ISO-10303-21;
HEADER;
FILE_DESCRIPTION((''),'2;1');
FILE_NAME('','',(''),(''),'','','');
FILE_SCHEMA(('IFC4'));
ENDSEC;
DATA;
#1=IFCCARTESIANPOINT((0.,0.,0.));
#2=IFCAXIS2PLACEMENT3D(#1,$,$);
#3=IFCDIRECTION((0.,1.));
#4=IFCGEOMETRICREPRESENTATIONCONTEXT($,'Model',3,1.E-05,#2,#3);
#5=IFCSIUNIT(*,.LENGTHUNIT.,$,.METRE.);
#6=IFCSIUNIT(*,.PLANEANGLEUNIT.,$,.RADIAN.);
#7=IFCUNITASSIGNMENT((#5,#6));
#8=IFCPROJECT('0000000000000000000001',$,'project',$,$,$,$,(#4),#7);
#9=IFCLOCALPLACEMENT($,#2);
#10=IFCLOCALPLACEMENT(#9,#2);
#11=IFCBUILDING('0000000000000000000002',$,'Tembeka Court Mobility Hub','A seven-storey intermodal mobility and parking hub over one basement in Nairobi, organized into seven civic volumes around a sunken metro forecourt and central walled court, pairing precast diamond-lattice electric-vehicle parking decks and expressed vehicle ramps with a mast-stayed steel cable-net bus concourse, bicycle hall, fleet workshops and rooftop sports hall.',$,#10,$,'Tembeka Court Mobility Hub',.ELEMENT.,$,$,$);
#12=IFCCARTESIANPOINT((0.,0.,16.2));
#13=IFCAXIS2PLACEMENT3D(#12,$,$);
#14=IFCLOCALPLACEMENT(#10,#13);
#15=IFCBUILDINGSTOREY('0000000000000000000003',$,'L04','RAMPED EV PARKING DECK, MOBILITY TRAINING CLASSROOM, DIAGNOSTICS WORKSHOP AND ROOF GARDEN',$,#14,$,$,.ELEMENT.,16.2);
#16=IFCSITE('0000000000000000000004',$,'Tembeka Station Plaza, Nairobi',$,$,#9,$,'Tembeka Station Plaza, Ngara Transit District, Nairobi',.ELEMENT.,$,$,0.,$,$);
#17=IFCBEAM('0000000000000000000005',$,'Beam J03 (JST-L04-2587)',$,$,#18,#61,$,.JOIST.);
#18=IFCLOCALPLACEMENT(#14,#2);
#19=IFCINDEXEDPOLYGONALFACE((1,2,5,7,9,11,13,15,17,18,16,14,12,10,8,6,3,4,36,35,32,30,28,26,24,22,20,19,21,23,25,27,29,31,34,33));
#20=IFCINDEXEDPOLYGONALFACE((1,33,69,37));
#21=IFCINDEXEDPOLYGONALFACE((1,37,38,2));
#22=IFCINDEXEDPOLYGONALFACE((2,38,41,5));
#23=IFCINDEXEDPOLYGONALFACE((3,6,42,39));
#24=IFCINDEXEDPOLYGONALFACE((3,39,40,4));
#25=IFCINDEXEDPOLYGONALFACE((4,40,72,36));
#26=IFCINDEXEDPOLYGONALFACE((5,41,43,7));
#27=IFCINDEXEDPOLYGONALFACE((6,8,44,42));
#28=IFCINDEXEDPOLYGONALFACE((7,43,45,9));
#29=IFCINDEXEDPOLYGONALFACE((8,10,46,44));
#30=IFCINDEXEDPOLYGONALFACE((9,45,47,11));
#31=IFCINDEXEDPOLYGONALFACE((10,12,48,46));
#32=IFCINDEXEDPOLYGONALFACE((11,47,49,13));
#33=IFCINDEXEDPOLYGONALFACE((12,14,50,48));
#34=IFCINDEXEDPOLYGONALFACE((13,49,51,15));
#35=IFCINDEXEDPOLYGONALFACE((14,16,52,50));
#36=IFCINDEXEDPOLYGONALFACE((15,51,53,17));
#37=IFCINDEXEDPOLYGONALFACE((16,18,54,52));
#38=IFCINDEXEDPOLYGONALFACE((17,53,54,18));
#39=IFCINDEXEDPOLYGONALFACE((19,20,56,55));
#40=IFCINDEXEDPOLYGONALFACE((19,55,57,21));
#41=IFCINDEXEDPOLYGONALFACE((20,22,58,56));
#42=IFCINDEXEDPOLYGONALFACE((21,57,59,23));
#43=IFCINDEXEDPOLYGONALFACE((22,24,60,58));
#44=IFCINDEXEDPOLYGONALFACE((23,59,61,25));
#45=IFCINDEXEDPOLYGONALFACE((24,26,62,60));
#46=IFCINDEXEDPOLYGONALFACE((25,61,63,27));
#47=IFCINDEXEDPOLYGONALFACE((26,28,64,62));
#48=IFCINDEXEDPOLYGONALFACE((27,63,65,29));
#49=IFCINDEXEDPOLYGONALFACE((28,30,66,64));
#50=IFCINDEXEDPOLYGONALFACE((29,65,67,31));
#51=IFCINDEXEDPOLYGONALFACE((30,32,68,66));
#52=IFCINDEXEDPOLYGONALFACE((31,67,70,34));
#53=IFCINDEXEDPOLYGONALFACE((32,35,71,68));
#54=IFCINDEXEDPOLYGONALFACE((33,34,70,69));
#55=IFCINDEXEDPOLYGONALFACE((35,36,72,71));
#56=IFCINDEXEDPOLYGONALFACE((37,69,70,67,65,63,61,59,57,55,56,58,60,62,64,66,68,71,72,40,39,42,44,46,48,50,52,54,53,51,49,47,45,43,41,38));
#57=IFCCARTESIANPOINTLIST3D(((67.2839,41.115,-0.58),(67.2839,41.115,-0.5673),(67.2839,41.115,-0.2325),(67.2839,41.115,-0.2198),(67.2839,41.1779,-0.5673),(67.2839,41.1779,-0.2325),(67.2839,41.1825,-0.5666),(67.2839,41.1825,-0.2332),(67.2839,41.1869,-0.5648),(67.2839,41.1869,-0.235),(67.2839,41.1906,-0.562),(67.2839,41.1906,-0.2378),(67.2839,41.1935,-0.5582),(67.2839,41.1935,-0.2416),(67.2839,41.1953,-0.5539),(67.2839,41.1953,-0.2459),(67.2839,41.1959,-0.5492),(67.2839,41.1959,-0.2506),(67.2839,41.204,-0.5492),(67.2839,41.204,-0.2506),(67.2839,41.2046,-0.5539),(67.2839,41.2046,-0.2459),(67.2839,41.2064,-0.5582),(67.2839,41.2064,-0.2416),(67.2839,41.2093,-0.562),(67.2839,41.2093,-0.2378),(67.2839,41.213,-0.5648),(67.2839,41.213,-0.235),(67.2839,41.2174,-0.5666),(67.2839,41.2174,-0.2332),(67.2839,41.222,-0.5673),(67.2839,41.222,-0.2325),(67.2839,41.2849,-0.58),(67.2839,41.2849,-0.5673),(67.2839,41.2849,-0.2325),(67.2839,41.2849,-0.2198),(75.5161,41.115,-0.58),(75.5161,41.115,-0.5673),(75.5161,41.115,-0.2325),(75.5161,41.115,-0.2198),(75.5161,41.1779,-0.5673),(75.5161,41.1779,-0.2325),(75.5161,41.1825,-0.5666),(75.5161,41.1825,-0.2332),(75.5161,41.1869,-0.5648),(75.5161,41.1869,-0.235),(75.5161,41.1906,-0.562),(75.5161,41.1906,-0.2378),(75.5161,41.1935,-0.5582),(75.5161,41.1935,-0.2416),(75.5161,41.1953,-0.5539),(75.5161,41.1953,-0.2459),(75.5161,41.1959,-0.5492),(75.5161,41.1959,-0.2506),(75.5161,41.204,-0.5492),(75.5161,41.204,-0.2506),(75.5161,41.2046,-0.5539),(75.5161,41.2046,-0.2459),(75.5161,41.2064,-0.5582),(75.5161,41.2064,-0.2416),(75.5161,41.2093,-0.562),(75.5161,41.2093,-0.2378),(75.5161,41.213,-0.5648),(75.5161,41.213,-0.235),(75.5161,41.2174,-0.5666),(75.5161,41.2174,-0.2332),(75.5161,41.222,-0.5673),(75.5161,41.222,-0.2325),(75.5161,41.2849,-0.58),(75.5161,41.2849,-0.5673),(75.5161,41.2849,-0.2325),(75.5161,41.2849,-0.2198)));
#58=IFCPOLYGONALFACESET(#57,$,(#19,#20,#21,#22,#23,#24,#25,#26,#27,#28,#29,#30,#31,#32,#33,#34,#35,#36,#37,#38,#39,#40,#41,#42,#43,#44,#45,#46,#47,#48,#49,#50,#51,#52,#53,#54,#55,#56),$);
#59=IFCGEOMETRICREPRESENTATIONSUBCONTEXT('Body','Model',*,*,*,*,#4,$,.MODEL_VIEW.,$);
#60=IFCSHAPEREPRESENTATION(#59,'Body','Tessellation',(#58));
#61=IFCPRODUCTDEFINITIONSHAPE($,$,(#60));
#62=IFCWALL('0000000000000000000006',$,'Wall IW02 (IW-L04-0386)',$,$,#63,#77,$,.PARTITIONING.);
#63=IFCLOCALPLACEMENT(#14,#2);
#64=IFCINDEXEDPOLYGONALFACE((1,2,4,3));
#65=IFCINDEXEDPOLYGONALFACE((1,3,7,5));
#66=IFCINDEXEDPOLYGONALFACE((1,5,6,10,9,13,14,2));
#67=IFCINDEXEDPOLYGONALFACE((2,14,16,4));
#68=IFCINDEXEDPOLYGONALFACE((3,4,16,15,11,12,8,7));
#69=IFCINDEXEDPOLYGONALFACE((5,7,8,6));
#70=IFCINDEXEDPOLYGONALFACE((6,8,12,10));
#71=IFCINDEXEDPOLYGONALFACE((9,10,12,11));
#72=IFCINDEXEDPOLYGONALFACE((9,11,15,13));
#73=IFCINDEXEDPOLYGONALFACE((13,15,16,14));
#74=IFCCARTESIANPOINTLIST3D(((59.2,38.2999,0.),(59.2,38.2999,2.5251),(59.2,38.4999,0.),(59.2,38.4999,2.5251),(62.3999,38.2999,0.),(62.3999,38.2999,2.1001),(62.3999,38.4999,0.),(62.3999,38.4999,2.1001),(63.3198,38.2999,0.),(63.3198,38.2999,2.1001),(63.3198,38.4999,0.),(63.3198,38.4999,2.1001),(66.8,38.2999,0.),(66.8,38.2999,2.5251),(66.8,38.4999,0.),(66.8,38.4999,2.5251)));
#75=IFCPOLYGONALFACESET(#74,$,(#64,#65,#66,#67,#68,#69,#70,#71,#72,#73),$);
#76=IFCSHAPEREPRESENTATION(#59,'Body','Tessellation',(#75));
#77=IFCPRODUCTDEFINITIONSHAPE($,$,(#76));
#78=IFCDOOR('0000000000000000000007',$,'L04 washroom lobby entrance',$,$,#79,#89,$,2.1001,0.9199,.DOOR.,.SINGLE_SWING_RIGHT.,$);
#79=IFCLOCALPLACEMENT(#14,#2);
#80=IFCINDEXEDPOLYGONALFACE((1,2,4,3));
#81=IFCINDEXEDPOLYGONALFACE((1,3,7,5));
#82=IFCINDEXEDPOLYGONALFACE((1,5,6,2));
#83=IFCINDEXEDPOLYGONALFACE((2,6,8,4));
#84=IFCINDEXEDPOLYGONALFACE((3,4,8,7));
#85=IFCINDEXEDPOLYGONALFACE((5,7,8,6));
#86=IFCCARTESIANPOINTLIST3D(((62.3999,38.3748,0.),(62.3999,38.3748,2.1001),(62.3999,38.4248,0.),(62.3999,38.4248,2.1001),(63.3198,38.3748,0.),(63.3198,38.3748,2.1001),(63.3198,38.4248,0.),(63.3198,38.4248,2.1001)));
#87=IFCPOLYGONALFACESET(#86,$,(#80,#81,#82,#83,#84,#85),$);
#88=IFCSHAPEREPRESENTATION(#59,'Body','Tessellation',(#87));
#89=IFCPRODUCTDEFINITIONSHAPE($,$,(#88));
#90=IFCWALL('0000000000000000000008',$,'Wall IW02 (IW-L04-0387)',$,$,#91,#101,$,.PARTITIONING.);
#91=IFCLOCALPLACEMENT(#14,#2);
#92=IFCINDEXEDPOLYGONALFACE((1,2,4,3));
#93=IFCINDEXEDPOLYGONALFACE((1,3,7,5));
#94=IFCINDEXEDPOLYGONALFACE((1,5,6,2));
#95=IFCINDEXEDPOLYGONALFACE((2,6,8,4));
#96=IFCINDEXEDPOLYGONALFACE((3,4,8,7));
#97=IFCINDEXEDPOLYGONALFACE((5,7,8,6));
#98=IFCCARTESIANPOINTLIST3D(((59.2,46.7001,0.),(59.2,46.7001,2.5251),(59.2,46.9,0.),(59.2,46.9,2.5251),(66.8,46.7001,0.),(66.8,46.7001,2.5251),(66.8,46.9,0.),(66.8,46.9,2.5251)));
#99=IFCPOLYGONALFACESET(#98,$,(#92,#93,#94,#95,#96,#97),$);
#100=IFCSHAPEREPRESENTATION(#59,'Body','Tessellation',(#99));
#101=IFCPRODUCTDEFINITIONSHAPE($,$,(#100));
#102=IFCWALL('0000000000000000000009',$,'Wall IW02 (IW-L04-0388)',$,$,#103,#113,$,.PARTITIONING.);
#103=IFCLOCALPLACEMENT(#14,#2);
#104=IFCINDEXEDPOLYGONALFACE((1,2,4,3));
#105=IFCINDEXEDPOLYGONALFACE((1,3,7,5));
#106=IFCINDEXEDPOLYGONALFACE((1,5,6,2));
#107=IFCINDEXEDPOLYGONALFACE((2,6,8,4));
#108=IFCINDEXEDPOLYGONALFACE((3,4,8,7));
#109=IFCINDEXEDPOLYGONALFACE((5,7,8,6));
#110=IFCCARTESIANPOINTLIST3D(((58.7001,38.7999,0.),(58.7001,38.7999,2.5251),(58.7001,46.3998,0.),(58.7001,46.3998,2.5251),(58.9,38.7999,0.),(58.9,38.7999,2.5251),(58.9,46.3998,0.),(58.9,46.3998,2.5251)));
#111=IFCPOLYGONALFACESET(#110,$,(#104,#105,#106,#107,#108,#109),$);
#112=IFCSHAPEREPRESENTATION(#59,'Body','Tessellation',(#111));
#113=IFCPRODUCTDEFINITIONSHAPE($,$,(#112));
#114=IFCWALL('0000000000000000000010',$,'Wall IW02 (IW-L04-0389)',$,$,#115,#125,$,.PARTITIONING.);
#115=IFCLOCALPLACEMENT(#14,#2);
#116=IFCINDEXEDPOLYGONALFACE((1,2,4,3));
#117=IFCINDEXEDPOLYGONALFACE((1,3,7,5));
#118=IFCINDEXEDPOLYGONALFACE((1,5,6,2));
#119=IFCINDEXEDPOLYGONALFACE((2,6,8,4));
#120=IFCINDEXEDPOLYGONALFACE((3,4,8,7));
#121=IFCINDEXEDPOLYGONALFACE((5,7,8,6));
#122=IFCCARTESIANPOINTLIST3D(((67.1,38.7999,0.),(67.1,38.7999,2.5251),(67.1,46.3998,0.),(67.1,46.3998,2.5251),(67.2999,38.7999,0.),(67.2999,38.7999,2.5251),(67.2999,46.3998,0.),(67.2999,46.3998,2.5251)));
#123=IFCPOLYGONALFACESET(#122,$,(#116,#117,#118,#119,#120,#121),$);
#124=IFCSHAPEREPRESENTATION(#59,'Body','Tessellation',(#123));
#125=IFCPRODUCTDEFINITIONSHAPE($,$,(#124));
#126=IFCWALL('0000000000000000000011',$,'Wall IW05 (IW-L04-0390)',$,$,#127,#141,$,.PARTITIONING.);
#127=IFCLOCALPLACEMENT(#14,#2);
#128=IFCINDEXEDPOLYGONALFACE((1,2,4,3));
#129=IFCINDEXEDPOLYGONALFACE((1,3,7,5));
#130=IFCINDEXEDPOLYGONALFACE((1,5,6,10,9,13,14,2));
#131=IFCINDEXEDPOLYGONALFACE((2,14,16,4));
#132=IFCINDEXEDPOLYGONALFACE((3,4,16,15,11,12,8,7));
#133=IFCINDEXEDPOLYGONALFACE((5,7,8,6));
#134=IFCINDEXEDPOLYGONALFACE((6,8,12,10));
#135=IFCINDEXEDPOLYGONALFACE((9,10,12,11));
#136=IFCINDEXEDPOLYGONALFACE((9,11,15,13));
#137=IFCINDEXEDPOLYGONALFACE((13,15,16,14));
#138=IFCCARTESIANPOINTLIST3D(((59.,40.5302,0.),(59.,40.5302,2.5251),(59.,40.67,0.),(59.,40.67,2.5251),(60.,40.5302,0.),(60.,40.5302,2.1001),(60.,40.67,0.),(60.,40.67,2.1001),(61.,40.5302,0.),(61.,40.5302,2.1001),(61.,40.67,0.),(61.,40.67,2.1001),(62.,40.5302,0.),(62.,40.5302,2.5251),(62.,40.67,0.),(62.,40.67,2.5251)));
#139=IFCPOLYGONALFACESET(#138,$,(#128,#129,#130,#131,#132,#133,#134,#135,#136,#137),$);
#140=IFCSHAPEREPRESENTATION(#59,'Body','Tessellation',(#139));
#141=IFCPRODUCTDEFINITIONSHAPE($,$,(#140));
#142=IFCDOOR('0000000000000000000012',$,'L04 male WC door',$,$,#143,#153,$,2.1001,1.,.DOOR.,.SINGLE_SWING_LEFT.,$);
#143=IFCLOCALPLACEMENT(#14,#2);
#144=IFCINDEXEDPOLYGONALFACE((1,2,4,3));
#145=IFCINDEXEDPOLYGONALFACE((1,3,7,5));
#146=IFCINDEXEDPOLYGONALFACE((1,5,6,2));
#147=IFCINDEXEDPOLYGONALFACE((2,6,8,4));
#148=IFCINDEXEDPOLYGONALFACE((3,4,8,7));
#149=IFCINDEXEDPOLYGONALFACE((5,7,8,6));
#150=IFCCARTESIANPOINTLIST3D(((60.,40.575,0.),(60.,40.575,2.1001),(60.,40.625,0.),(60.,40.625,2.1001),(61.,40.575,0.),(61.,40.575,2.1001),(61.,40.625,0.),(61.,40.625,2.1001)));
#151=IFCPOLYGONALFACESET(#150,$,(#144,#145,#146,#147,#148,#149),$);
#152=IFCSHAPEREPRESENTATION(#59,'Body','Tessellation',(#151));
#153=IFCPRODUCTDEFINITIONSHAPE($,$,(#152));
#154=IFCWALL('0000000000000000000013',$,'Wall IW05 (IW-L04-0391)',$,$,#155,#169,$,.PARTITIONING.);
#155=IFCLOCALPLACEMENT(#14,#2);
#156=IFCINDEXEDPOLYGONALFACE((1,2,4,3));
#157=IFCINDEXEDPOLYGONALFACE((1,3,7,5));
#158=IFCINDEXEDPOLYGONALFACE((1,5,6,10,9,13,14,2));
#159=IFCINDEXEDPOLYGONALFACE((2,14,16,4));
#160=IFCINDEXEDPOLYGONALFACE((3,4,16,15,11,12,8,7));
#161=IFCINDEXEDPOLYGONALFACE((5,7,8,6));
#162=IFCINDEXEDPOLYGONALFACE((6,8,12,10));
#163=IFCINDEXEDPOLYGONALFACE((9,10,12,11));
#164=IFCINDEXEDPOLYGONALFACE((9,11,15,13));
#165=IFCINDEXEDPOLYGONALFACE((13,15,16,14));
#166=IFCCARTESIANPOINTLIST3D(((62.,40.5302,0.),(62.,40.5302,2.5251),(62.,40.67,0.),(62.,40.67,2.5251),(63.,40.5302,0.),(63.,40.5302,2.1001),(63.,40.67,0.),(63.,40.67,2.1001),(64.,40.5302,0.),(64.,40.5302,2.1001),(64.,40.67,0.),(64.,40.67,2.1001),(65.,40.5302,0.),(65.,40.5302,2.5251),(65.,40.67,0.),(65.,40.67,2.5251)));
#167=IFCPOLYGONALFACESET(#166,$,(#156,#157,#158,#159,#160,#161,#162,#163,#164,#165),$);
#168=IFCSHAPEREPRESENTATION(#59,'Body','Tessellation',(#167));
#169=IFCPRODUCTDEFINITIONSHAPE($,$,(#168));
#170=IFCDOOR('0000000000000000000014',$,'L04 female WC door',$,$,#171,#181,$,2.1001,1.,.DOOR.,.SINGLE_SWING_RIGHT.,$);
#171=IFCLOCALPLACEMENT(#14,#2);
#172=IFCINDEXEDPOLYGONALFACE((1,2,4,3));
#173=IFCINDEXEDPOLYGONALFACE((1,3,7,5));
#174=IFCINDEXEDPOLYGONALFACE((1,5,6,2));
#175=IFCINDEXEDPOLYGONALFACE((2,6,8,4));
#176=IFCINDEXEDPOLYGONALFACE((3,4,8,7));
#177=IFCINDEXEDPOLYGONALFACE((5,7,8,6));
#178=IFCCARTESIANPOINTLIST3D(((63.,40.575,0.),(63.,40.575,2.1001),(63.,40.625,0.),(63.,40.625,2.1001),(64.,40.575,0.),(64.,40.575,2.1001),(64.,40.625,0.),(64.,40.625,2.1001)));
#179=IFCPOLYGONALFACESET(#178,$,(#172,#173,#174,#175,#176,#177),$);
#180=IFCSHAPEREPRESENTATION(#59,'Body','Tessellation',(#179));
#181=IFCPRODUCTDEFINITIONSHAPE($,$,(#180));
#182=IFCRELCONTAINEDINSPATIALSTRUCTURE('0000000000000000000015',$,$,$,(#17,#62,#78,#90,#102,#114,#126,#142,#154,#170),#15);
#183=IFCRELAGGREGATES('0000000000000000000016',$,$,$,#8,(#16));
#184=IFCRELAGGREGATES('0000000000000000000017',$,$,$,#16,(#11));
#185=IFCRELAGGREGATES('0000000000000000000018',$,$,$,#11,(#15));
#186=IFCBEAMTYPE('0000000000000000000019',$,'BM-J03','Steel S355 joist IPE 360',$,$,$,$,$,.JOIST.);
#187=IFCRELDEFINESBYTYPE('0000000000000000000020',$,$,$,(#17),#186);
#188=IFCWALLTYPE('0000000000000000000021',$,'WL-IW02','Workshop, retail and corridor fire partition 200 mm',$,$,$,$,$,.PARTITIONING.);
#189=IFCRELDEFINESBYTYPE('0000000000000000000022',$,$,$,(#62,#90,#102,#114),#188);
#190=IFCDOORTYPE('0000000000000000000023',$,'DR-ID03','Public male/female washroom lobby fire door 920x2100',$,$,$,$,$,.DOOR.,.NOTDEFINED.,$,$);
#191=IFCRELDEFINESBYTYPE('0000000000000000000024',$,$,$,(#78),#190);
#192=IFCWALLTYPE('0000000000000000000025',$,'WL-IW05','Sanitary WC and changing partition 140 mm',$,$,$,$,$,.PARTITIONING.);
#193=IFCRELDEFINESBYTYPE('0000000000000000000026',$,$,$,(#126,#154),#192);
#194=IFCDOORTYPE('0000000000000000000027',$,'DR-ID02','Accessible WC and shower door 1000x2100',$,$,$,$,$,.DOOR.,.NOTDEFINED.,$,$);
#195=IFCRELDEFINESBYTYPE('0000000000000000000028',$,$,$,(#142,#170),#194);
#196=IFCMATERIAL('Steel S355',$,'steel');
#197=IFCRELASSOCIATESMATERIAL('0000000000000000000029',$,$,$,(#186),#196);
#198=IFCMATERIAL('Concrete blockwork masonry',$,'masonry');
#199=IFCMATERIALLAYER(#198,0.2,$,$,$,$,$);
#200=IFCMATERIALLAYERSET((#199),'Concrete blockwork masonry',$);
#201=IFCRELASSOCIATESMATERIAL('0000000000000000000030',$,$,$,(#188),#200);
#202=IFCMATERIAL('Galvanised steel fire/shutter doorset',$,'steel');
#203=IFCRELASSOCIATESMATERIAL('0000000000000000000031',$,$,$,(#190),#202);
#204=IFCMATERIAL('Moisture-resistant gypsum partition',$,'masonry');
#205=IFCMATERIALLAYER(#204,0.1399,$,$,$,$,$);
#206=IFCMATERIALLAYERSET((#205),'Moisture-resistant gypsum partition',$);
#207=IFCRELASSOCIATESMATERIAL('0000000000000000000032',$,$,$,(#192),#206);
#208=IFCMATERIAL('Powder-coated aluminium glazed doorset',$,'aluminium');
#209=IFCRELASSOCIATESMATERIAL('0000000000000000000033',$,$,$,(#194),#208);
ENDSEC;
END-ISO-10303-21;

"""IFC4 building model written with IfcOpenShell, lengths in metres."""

from ifc_helpers import new_model, si_unit, direction, frame, frame_2d, origin, origin_2d, place, context, subcontext, project, spatial, rectangle, i_section, extrude, material, layer, layer_set, material_profile, profile_set, type_object, element, fill, save


model = new_model("IFC4")

# Units and contexts
model_context = context("Model", 3, precision=1e-05, world=origin(), true_north=direction((0.0, 1.0)))
body_context = subcontext(model_context, "Body", "Model", "MODEL_VIEW")
ifc_project = project(units=[si_unit("LENGTHUNIT", "METRE"), si_unit("PLANEANGLEUNIT", "RADIAN")], contexts=[model_context])

# Site, building, storey
site_placement = place(None, origin())
site = spatial("IfcSite", under=ifc_project, at=site_placement, Name="Tembeka Station Plaza, Nairobi", LongName="Tembeka Station Plaza, Ngara Transit District, Nairobi", CompositionType="ELEMENT", RefElevation=0.0)
building_placement = place(site_placement, origin())
building = spatial("IfcBuilding", under=site, at=building_placement, Name="Tembeka Court Mobility Hub", Description="A seven-storey intermodal mobility and parking hub over one basement in Nairobi, organized into seven civic volumes around a sunken metro forecourt and central walled court, pairing precast diamond-lattice electric-vehicle parking decks and expressed vehicle ramps with a mast-stayed steel cable-net bus concourse, bicycle hall, fleet workshops and rooftop sports hall.", LongName="Tembeka Court Mobility Hub", CompositionType="ELEMENT")
storey_placement = place(building_placement, frame((0.0, 0.0, 16.2)))
storey = spatial("IfcBuildingStorey", under=building, at=storey_placement, Name="L04", Description="RAMPED EV PARKING DECK, MOBILITY TRAINING CLASSROOM, DIAGNOSTICS WORKSHOP AND ROOF GARDEN", CompositionType="ELEMENT", Elevation=16.2)

# Shared definitions
ifc_material_1 = material(Name="Steel S355", Category="steel")

# Beam
ifc_material_profile_1 = material_profile(ifc_material_1, i_section(OverallWidth=0.1699, OverallDepth=0.3601, WebThickness=0.0081, FlangeThickness=0.0127, FilletRadius=0.0181, at=origin_2d()), Name="IPE 360")
ifc_profile_set_1 = profile_set([ifc_material_profile_1], Name="Steel S355")
beam_type_1 = type_object("IfcBeamType", Name="BM-J03", Description="Steel S355 joist IPE 360", PredefinedType="JOIST", material=ifc_profile_set_1)
beam_1_placement = place(storey_placement, frame((67.2839, 41.2, -0.3999), z_axis=(1.0, 0.0, 0.0), x_axis=(0.0, 1.0, 0.0)))
element("IfcBeam", 1, at=beam_1_placement, inside=storey, type_object=beam_type_1, Name="Beam J03 (JST-L04-2587)", PredefinedType="JOIST", context=body_context, shape_type="SweptSolid", body=[
    extrude(i_section(OverallWidth=0.1699, OverallDepth=0.3601, WebThickness=0.0081, FlangeThickness=0.0127, FilletRadius=0.0181, at=origin_2d()), origin(), (0.0, 0.0, 1.0), 8.2322),
])

# Wall, opening, door
ifc_material_2 = material(Name="Concrete blockwork masonry", Category="masonry")
ifc_layer_1 = layer(ifc_material_2, 0.2)
ifc_layer_set_1 = layer_set([ifc_layer_1], Name="Concrete blockwork masonry")
wall_type_1 = type_object("IfcWallType", Name="WL-IW02", Description="Workshop, retail and corridor fire partition 200 mm", PredefinedType="PARTITIONING", material=ifc_layer_set_1)
wall_1_placement = place(storey_placement, frame((59.2, 38.3999, 0.0), z_axis=(0.0, 0.0, 1.0), x_axis=(1.0, 0.0, 0.0)))
wall_1 = element("IfcWall", 2, at=wall_1_placement, inside=storey, type_object=wall_type_1, Name="Wall IW02 (IW-L04-0386)", PredefinedType="PARTITIONING", context=body_context, shape_type="SweptSolid", body=[
    extrude(rectangle(XDim=7.6001, YDim=0.2, at=frame_2d((3.8, 0.0))), origin(), (0.0, 0.0, 1.0), 2.5251),
])
opening_1_placement = place(wall_1_placement, frame((3.2, 0.0, 0.0)))
opening_1 = element("IfcOpeningElement", 3, at=opening_1_placement, cuts=wall_1, PredefinedType="OPENING", context=body_context, shape_type="SweptSolid", body=[
    extrude(rectangle(XDim=0.9199, YDim=2.1001, at=frame_2d((0.46, 1.05))), frame((0.0, 0.1099, 0.0), z_axis=(0.0, -1.0, 0.0), x_axis=(1.0, 0.0, 0.0)), (0.0, 0.0, 1.0), 0.22),
])
ifc_material_3 = material(Name="Galvanised steel fire/shutter doorset", Category="steel")
door_type_1 = type_object("IfcDoorType", Name="DR-ID03", Description="Public male/female washroom lobby fire door 920x2100", OperationType="NOTDEFINED", PredefinedType="DOOR", material=ifc_material_3)
door_1_placement = place(opening_1_placement, origin())
door_1 = element("IfcDoor", 4, at=door_1_placement, inside=storey, type_object=door_type_1, Name="L04 washroom lobby entrance", OperationType="SINGLE_SWING_RIGHT", OverallHeight=2.1001, OverallWidth=0.9199, PredefinedType="DOOR", context=body_context, shape_type="SweptSolid", body=[
    extrude(rectangle(XDim=0.9199, YDim=2.1001, at=frame_2d((0.46, 1.05))), frame((0.0, 0.0249, 0.0), z_axis=(0.0, -1.0, 0.0), x_axis=(1.0, 0.0, 0.0)), (0.0, 0.0, 1.0), 0.05),
])
fill(opening_1, door_1)

# Walls
wall_2_placement = place(storey_placement, frame((59.2, 46.8, 0.0), z_axis=(0.0, 0.0, 1.0), x_axis=(1.0, 0.0, 0.0)))
element("IfcWall", 5, at=wall_2_placement, inside=storey, type_object=wall_type_1, Name="Wall IW02 (IW-L04-0387)", PredefinedType="PARTITIONING", context=body_context, shape_type="SweptSolid", body=[
    extrude(rectangle(XDim=7.6001, YDim=0.2, at=frame_2d((3.8, 0.0))), origin(), (0.0, 0.0, 1.0), 2.5251),
])
for number, where, z_axis, x_axis, name in (
    (6, (58.8, 38.8, 0.0), (0.0, 0.0, 1.0), (0.0, 1.0, 0.0), "Wall IW02 (IW-L04-0388)"),
    (7, (67.2, 38.8, 0.0), (0.0, 0.0, 1.0), (0.0, 1.0, 0.0), "Wall IW02 (IW-L04-0389)"),
):
    element("IfcWall", number, at=place(storey_placement, frame(where, z_axis=z_axis, x_axis=x_axis)), inside=storey, type_object=wall_type_1, Name=name, PredefinedType="PARTITIONING", context=body_context, shape_type="SweptSolid", body=[
        extrude(rectangle(XDim=7.5999, YDim=0.2, at=frame_2d((3.7998, 0.0))), origin(), (0.0, 0.0, 1.0), 2.5251),
    ])

# Walls, openings, doors
ifc_material_4 = material(Name="Moisture-resistant gypsum partition", Category="masonry")
ifc_layer_2 = layer(ifc_material_4, 0.1399)
ifc_layer_set_2 = layer_set([ifc_layer_2], Name="Moisture-resistant gypsum partition")
wall_type_2 = type_object("IfcWallType", Name="WL-IW05", Description="Sanitary WC and changing partition 140 mm", PredefinedType="PARTITIONING", material=ifc_layer_set_2)
wall_3_placement = place(storey_placement, frame((59.0, 40.6001, 0.0), z_axis=(0.0, 0.0, 1.0), x_axis=(1.0, 0.0, 0.0)))
wall_3 = element("IfcWall", 8, at=wall_3_placement, inside=storey, type_object=wall_type_2, Name="Wall IW05 (IW-L04-0390)", PredefinedType="PARTITIONING", context=body_context, shape_type="SweptSolid", body=[
    extrude(rectangle(XDim=3.0, YDim=0.1399, at=frame_2d((1.5, 0.0))), origin(), (0.0, 0.0, 1.0), 2.5251),
])
opening_2_placement = place(wall_3_placement, frame((1.0, 0.0, 0.0)))
opening_2 = element("IfcOpeningElement", 9, at=opening_2_placement, cuts=wall_3, PredefinedType="OPENING", context=body_context, shape_type="SweptSolid", body=[
    extrude(rectangle(XDim=1.0, YDim=2.1001, at=frame_2d((0.5, 1.05))), frame((0.0, 0.0801, 0.0), z_axis=(0.0, -1.0, 0.0), x_axis=(1.0, 0.0, 0.0)), (0.0, 0.0, 1.0), 0.1599),
])
ifc_material_5 = material(Name="Powder-coated aluminium glazed doorset", Category="aluminium")
door_type_2 = type_object("IfcDoorType", Name="DR-ID02", Description="Accessible WC and shower door 1000x2100", OperationType="NOTDEFINED", PredefinedType="DOOR", material=ifc_material_5)
door_2_placement = place(opening_2_placement, origin())
door_2 = element("IfcDoor", 10, at=door_2_placement, inside=storey, type_object=door_type_2, Name="L04 male WC door", OperationType="SINGLE_SWING_LEFT", OverallHeight=2.1001, OverallWidth=1.0, PredefinedType="DOOR", context=body_context, shape_type="SweptSolid", body=[
    extrude(rectangle(XDim=1.0, YDim=2.1001, at=frame_2d((0.5, 1.05))), frame((0.0, 0.0249, 0.0), z_axis=(0.0, -1.0, 0.0), x_axis=(1.0, 0.0, 0.0)), (0.0, 0.0, 1.0), 0.05),
])
fill(opening_2, door_2)
wall_4_placement = place(storey_placement, frame((62.0, 40.6001, 0.0), z_axis=(0.0, 0.0, 1.0), x_axis=(1.0, 0.0, 0.0)))
wall_4 = element("IfcWall", 11, at=wall_4_placement, inside=storey, type_object=wall_type_2, Name="Wall IW05 (IW-L04-0391)", PredefinedType="PARTITIONING", context=body_context, shape_type="SweptSolid", body=[
    extrude(rectangle(XDim=3.0, YDim=0.1399, at=frame_2d((1.5, 0.0))), origin(), (0.0, 0.0, 1.0), 2.5251),
])
opening_3_placement = place(wall_4_placement, frame((1.0, 0.0, 0.0)))
opening_3 = element("IfcOpeningElement", 12, at=opening_3_placement, cuts=wall_4, PredefinedType="OPENING", context=body_context, shape_type="SweptSolid", body=[
    extrude(rectangle(XDim=1.0, YDim=2.1001, at=frame_2d((0.5, 1.05))), frame((0.0, 0.0801, 0.0), z_axis=(0.0, -1.0, 0.0), x_axis=(1.0, 0.0, 0.0)), (0.0, 0.0, 1.0), 0.1599),
])
door_3_placement = place(opening_3_placement, origin())
door_3 = element("IfcDoor", 13, at=door_3_placement, inside=storey, type_object=door_type_2, Name="L04 female WC door", OperationType="SINGLE_SWING_RIGHT", OverallHeight=2.1001, OverallWidth=1.0, PredefinedType="DOOR", context=body_context, shape_type="SweptSolid", body=[
    extrude(rectangle(XDim=1.0, YDim=2.1001, at=frame_2d((0.5, 1.05))), frame((0.0, 0.0249, 0.0), z_axis=(0.0, -1.0, 0.0), x_axis=(1.0, 0.0, 0.0)), (0.0, 0.0, 1.0), 0.05),
])
fill(opening_3, door_3)

save(model, "model.ifc")
